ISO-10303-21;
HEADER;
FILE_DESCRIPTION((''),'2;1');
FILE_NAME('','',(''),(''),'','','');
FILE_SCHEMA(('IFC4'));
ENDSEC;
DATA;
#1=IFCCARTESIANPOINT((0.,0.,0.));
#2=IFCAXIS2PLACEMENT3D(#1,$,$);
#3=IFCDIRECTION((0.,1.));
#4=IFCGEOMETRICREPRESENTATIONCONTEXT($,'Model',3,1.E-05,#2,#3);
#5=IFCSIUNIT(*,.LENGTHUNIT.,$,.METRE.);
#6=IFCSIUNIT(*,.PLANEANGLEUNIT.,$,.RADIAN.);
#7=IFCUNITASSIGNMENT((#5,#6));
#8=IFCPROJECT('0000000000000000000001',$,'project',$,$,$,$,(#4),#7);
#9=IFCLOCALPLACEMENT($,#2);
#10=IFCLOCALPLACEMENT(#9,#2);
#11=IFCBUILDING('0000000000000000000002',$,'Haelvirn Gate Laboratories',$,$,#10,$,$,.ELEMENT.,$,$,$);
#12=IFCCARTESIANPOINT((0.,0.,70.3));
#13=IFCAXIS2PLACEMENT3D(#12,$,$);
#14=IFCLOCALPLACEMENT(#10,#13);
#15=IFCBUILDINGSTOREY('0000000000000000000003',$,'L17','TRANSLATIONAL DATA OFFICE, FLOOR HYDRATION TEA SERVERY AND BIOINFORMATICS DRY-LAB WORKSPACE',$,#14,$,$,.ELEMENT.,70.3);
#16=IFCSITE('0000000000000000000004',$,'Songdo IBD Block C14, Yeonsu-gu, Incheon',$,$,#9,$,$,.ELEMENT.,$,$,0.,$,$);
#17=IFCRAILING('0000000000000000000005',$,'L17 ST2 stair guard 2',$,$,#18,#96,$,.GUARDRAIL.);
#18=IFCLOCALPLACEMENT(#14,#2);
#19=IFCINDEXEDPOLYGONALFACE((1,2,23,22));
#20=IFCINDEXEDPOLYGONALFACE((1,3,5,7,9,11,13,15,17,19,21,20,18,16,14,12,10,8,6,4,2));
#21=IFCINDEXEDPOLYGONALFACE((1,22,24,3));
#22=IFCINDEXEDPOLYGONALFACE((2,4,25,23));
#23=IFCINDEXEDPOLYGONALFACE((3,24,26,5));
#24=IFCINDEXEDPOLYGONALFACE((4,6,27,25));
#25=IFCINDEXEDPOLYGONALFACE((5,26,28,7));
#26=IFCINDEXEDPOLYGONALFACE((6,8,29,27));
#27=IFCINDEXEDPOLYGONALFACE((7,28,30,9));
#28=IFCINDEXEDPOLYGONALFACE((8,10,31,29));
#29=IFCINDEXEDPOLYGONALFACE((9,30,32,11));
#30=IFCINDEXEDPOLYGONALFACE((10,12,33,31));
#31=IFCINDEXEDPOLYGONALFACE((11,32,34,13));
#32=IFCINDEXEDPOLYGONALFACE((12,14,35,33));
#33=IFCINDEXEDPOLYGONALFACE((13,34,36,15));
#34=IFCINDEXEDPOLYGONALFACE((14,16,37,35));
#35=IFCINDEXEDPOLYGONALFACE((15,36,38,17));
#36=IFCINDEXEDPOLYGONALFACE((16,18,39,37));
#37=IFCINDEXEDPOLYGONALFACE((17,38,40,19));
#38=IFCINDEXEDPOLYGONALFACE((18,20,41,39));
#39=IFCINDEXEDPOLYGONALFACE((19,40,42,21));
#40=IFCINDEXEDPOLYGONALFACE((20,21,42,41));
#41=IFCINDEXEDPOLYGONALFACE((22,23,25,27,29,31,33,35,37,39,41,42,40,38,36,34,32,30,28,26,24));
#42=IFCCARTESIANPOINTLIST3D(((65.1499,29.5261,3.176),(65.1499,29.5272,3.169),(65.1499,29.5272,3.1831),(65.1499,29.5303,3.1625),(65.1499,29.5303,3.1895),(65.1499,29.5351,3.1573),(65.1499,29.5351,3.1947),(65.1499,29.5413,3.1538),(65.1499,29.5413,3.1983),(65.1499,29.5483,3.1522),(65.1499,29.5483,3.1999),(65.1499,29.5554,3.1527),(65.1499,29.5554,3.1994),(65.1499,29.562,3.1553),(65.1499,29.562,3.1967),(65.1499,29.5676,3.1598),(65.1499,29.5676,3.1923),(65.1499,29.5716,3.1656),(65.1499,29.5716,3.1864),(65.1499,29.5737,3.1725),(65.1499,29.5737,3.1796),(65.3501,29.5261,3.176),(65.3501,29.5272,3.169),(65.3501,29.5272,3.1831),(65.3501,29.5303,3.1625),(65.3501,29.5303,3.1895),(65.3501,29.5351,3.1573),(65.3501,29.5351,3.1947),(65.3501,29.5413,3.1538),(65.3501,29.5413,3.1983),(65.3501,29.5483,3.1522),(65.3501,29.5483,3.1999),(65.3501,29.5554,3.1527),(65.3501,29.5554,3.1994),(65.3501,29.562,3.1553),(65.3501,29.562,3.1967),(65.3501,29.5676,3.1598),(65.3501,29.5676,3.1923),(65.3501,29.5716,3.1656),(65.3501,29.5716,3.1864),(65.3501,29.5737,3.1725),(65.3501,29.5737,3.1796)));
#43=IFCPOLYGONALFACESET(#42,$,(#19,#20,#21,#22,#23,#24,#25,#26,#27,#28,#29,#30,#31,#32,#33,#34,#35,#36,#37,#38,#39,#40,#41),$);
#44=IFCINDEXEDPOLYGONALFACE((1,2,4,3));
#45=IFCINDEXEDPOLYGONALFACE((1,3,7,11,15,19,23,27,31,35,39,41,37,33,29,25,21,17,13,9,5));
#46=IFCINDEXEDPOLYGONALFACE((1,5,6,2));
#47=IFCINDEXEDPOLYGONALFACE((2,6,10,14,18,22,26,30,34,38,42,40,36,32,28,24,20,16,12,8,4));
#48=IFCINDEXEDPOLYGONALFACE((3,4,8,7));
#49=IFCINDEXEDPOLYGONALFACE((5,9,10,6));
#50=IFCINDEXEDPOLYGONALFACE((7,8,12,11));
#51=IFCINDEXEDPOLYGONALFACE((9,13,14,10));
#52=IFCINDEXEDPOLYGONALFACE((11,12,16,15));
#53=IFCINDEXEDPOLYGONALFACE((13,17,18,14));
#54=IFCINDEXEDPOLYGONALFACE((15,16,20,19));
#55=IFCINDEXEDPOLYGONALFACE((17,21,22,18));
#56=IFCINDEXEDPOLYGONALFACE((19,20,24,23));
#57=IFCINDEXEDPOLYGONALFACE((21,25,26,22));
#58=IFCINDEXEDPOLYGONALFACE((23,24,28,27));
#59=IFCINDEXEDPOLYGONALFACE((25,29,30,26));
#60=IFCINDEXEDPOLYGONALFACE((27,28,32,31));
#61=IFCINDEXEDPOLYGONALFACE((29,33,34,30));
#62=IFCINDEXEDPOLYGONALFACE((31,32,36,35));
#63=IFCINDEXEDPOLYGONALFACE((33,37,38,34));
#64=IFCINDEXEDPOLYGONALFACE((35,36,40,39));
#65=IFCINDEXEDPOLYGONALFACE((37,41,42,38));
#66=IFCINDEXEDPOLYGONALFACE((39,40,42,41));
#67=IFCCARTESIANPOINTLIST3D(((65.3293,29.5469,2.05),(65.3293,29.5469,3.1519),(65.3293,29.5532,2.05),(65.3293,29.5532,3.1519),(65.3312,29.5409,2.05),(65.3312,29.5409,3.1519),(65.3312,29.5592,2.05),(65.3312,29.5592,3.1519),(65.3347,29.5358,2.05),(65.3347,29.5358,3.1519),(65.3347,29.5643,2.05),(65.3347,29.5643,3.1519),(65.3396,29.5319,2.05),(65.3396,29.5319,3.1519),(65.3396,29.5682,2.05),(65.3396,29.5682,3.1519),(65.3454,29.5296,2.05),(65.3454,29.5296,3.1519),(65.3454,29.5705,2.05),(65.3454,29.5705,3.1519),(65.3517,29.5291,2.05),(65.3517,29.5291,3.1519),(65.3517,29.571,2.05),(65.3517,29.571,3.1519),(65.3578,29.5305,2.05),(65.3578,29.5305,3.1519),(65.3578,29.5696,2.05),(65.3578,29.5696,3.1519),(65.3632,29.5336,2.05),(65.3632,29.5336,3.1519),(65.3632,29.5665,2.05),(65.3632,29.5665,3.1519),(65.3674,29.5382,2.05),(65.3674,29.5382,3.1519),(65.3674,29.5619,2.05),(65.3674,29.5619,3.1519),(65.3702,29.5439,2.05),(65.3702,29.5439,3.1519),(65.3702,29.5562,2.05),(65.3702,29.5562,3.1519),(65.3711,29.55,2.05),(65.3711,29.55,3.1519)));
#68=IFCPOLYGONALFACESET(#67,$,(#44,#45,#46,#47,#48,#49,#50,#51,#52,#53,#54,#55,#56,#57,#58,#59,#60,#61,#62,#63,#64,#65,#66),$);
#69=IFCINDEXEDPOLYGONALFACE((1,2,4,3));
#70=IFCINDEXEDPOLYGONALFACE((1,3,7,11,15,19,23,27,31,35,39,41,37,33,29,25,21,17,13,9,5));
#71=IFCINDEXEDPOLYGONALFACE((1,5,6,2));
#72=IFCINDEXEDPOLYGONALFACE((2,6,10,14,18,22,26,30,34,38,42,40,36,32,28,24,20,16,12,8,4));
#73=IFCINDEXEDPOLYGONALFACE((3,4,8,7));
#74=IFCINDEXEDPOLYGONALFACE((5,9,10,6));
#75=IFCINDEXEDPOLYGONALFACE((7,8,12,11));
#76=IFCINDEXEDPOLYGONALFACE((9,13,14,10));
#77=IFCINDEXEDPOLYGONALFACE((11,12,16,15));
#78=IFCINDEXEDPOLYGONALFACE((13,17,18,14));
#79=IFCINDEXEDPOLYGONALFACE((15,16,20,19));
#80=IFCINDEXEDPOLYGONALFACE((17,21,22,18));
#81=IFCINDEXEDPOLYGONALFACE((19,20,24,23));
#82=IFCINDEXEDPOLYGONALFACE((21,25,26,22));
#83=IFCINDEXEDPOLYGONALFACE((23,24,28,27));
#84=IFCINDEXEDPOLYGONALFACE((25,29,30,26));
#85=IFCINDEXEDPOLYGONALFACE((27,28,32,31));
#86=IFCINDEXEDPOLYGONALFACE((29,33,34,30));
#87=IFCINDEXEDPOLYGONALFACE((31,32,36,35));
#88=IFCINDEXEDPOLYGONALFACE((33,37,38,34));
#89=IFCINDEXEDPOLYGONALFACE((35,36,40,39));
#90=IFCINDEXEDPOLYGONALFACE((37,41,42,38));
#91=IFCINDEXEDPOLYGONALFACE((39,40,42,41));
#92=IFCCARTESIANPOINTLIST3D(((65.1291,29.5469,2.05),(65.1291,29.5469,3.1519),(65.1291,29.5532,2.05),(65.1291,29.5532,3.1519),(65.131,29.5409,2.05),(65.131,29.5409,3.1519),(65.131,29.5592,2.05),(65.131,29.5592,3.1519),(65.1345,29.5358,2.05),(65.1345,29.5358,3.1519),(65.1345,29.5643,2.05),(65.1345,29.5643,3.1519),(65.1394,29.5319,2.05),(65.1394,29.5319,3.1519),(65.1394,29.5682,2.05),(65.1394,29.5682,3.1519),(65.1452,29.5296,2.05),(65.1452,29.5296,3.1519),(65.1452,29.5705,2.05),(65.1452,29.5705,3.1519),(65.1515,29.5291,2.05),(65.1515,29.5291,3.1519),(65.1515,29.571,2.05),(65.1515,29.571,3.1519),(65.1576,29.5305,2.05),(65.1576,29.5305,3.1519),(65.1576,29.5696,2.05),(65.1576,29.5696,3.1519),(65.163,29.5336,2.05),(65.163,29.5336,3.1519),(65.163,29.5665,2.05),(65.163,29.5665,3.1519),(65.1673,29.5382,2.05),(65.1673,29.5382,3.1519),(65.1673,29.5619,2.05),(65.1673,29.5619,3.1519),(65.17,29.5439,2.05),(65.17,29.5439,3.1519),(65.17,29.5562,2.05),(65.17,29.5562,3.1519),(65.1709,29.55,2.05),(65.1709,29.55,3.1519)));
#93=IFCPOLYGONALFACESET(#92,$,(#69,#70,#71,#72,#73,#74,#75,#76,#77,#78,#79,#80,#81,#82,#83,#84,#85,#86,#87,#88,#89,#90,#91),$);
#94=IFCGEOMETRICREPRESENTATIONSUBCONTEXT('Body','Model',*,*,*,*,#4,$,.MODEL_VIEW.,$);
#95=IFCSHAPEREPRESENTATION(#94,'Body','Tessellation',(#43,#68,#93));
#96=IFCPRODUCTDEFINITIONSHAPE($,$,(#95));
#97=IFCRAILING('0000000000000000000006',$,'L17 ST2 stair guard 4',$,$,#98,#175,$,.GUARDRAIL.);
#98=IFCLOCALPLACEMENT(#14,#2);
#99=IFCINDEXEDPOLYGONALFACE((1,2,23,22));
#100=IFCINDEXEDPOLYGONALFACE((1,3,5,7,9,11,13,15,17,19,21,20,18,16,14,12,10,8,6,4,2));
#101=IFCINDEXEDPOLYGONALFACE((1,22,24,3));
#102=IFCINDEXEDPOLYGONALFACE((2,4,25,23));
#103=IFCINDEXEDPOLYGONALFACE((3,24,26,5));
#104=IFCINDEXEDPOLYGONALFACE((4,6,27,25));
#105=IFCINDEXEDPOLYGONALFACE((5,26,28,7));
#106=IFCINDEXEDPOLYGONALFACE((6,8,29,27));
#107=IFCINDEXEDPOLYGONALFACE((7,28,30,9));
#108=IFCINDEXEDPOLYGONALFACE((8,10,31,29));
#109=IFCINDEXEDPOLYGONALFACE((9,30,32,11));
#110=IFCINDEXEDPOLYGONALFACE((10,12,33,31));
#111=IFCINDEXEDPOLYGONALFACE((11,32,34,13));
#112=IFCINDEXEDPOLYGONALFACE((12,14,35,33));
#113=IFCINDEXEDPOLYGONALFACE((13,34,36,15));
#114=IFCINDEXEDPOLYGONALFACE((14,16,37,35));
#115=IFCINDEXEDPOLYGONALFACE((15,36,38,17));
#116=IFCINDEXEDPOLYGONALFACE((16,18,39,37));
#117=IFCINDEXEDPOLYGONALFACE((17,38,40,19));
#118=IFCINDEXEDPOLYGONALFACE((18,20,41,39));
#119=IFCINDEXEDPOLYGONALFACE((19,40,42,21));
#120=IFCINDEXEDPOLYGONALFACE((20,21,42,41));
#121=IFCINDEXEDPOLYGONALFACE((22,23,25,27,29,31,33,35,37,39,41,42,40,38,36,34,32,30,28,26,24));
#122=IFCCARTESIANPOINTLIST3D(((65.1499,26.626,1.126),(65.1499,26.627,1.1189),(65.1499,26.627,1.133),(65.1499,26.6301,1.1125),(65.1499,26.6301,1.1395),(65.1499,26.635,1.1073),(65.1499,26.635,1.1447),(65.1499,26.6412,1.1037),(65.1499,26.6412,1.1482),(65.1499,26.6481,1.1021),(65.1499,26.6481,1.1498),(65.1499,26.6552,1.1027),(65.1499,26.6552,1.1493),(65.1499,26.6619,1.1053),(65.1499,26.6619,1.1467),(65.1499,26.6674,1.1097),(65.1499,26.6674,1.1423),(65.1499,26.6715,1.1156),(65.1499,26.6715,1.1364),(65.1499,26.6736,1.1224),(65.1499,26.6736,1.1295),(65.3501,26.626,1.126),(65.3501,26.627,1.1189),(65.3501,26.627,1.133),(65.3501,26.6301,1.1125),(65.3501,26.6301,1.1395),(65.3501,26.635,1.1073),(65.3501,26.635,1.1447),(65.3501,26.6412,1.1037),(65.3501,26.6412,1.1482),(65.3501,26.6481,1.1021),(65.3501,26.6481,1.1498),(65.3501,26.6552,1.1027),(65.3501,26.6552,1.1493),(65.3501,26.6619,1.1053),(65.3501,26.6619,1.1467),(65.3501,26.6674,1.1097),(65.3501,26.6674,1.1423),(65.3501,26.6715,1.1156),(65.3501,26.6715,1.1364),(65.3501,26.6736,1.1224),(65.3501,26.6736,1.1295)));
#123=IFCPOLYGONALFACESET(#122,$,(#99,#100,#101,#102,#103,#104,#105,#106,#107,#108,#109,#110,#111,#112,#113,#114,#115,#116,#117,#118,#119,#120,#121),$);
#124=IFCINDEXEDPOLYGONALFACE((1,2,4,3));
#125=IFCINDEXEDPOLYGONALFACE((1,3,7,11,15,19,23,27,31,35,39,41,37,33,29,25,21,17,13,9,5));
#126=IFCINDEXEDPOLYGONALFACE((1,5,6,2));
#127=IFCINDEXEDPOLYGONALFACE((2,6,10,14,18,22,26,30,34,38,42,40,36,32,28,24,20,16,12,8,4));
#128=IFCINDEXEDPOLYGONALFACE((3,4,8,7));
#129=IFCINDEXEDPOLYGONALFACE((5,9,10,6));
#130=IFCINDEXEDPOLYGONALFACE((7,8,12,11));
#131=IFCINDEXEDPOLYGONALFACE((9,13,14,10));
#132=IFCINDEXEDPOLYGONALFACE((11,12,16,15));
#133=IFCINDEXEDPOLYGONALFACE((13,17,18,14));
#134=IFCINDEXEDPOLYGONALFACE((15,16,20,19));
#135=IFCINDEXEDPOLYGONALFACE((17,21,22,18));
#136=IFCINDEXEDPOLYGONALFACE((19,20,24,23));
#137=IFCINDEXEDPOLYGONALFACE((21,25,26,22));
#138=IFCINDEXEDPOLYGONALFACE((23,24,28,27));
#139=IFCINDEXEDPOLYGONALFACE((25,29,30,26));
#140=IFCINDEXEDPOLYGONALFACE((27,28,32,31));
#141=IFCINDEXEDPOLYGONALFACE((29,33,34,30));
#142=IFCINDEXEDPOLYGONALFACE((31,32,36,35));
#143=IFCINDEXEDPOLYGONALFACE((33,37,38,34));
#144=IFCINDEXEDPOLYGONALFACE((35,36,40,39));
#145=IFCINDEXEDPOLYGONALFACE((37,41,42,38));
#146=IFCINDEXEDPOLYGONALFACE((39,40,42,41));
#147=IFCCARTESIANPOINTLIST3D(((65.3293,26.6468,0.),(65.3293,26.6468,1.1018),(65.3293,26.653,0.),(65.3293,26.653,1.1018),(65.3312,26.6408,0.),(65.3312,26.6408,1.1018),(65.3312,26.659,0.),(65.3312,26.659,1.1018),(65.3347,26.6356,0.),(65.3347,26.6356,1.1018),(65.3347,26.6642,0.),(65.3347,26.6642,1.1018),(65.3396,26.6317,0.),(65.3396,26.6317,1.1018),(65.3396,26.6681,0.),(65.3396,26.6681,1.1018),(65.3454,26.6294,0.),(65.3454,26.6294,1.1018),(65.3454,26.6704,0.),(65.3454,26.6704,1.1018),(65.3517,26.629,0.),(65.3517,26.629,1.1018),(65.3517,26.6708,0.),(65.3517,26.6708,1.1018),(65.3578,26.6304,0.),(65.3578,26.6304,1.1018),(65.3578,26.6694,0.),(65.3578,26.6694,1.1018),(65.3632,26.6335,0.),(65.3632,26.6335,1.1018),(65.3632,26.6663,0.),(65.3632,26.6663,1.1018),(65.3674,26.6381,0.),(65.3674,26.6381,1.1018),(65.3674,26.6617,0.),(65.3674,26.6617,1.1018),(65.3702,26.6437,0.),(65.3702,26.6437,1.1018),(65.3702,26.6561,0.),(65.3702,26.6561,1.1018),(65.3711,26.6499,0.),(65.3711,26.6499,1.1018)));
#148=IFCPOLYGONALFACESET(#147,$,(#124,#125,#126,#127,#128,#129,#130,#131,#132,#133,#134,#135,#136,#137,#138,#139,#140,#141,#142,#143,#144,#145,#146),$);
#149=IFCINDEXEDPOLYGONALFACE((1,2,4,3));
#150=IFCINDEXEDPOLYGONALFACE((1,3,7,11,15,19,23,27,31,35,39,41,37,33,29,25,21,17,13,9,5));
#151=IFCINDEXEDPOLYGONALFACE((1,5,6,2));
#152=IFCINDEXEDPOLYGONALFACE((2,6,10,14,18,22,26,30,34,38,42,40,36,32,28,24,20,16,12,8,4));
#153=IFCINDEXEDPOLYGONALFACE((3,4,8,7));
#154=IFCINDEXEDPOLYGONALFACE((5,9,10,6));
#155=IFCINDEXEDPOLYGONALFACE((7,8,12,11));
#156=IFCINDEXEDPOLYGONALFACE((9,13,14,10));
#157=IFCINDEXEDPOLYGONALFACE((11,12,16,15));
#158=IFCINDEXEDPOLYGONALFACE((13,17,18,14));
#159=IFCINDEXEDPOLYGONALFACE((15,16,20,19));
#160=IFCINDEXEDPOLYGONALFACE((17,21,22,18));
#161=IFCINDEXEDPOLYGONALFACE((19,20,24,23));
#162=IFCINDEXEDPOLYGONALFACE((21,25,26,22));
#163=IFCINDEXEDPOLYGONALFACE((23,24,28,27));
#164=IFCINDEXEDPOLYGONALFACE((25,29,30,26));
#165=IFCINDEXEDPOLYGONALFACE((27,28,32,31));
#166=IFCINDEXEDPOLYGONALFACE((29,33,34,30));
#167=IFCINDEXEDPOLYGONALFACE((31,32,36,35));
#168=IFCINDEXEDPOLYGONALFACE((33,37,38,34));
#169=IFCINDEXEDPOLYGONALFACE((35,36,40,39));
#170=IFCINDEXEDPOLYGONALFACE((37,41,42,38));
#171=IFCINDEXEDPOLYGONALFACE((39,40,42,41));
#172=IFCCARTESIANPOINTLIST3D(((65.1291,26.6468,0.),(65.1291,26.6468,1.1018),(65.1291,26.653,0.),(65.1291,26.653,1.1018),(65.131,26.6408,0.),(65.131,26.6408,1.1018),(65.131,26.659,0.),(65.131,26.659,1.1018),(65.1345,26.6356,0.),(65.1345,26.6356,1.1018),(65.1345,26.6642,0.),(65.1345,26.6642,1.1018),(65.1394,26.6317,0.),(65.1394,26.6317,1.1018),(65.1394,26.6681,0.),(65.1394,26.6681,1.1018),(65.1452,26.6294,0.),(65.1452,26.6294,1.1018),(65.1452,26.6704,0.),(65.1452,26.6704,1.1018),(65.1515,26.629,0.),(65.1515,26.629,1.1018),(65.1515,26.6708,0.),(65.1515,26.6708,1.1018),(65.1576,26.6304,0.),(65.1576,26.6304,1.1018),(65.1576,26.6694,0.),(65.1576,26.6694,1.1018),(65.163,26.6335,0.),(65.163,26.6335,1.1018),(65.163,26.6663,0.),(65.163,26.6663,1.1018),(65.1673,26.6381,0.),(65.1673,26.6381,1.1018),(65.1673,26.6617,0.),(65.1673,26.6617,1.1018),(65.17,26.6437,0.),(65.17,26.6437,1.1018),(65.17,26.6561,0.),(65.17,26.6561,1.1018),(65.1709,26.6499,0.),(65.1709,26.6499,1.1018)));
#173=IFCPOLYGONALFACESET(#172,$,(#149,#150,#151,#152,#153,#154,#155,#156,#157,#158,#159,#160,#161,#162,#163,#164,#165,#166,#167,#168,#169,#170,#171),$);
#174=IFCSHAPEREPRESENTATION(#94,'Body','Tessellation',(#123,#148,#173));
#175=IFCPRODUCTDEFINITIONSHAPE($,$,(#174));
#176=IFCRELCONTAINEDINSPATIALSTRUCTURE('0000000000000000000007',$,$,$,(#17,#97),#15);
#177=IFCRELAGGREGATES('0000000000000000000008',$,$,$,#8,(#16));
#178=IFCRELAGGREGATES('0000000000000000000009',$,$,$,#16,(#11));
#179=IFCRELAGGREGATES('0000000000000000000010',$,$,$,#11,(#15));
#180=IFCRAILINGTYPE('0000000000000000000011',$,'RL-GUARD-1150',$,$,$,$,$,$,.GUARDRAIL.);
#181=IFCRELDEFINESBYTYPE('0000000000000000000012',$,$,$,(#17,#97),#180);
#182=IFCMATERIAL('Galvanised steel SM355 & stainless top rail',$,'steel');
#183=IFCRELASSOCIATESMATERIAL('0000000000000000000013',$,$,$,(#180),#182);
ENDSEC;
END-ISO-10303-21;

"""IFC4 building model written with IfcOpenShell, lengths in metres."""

from ifc_helpers import new_model, si_unit, direction, frame, origin, origin_2d, place, context, subcontext, project, spatial, circle, extrude, source, transform, mapped, material, type_object, element, save


model = new_model("IFC4")

# Units and contexts
model_context = context("Model", 3, precision=1e-05, world=origin(), true_north=direction((0.0, 1.0)))
body_context = subcontext(model_context, "Body", "Model", "MODEL_VIEW")
ifc_project = project(units=[si_unit("LENGTHUNIT", "METRE"), si_unit("PLANEANGLEUNIT", "RADIAN")], contexts=[model_context])

# Site, building, storey
site_placement = place(None, origin())
site = spatial("IfcSite", under=ifc_project, at=site_placement, Name="Songdo IBD Block C14, Yeonsu-gu, Incheon", CompositionType="ELEMENT", RefElevation=0.0)
building_placement = place(site_placement, origin())
building = spatial("IfcBuilding", under=site, at=building_placement, Name="Haelvirn Gate Laboratories", CompositionType="ELEMENT")
storey_placement = place(building_placement, frame((0.0, 0.0, 70.3)))
storey = spatial("IfcBuildingStorey", under=building, at=storey_placement, Name="L17", Description="TRANSLATIONAL DATA OFFICE, FLOOR HYDRATION TEA SERVERY AND BIOINFORMATICS DRY-LAB WORKSPACE", CompositionType="ELEMENT", Elevation=70.3)

# Railings
ifc_material_1 = material(Name="Galvanised steel SM355 & stainless top rail", Category="steel")
railing_type_1 = type_object("IfcRailingType", Name="RL-GUARD-1150", PredefinedType="GUARDRAIL", material=ifc_material_1)
shared_shape_1 = source(origin(), body_context, "Body", "SweptSolid", [
    extrude(circle(Radius=0.0239, at=origin_2d()), frame((0.0, 0.0, 1.126), z_axis=(-1.0, 0.0, 0.0), x_axis=(0.0, -1.0, 0.0)), (0.0, 0.0, 1.0), 0.2002),
    extrude(circle(Radius=0.021, at=origin_2d()), origin(), (0.0, 0.0, 1.0), 1.1018),
    extrude(circle(Radius=0.021, at=origin_2d()), frame((-0.2002, 0.0, 0.0)), (0.0, 0.0, 1.0), 1.1018),
])
for number, where, name in (
    (1, (65.3501, 29.55, 2.05), "L17 ST2 stair guard 2"),
    (2, (65.3501, 26.6499, 0.0), "L17 ST2 stair guard 4"),
):
    element("IfcRailing", number, at=place(storey_placement, frame(where)), inside=storey, type_object=railing_type_1, Name=name, PredefinedType="GUARDRAIL", context=body_context, shape_type="MappedRepresentation", body=[
        mapped(shared_shape_1, transform((0.0, 0.0, 0.0), scale=1.0)),
    ])

save(model, "model.ifc")
